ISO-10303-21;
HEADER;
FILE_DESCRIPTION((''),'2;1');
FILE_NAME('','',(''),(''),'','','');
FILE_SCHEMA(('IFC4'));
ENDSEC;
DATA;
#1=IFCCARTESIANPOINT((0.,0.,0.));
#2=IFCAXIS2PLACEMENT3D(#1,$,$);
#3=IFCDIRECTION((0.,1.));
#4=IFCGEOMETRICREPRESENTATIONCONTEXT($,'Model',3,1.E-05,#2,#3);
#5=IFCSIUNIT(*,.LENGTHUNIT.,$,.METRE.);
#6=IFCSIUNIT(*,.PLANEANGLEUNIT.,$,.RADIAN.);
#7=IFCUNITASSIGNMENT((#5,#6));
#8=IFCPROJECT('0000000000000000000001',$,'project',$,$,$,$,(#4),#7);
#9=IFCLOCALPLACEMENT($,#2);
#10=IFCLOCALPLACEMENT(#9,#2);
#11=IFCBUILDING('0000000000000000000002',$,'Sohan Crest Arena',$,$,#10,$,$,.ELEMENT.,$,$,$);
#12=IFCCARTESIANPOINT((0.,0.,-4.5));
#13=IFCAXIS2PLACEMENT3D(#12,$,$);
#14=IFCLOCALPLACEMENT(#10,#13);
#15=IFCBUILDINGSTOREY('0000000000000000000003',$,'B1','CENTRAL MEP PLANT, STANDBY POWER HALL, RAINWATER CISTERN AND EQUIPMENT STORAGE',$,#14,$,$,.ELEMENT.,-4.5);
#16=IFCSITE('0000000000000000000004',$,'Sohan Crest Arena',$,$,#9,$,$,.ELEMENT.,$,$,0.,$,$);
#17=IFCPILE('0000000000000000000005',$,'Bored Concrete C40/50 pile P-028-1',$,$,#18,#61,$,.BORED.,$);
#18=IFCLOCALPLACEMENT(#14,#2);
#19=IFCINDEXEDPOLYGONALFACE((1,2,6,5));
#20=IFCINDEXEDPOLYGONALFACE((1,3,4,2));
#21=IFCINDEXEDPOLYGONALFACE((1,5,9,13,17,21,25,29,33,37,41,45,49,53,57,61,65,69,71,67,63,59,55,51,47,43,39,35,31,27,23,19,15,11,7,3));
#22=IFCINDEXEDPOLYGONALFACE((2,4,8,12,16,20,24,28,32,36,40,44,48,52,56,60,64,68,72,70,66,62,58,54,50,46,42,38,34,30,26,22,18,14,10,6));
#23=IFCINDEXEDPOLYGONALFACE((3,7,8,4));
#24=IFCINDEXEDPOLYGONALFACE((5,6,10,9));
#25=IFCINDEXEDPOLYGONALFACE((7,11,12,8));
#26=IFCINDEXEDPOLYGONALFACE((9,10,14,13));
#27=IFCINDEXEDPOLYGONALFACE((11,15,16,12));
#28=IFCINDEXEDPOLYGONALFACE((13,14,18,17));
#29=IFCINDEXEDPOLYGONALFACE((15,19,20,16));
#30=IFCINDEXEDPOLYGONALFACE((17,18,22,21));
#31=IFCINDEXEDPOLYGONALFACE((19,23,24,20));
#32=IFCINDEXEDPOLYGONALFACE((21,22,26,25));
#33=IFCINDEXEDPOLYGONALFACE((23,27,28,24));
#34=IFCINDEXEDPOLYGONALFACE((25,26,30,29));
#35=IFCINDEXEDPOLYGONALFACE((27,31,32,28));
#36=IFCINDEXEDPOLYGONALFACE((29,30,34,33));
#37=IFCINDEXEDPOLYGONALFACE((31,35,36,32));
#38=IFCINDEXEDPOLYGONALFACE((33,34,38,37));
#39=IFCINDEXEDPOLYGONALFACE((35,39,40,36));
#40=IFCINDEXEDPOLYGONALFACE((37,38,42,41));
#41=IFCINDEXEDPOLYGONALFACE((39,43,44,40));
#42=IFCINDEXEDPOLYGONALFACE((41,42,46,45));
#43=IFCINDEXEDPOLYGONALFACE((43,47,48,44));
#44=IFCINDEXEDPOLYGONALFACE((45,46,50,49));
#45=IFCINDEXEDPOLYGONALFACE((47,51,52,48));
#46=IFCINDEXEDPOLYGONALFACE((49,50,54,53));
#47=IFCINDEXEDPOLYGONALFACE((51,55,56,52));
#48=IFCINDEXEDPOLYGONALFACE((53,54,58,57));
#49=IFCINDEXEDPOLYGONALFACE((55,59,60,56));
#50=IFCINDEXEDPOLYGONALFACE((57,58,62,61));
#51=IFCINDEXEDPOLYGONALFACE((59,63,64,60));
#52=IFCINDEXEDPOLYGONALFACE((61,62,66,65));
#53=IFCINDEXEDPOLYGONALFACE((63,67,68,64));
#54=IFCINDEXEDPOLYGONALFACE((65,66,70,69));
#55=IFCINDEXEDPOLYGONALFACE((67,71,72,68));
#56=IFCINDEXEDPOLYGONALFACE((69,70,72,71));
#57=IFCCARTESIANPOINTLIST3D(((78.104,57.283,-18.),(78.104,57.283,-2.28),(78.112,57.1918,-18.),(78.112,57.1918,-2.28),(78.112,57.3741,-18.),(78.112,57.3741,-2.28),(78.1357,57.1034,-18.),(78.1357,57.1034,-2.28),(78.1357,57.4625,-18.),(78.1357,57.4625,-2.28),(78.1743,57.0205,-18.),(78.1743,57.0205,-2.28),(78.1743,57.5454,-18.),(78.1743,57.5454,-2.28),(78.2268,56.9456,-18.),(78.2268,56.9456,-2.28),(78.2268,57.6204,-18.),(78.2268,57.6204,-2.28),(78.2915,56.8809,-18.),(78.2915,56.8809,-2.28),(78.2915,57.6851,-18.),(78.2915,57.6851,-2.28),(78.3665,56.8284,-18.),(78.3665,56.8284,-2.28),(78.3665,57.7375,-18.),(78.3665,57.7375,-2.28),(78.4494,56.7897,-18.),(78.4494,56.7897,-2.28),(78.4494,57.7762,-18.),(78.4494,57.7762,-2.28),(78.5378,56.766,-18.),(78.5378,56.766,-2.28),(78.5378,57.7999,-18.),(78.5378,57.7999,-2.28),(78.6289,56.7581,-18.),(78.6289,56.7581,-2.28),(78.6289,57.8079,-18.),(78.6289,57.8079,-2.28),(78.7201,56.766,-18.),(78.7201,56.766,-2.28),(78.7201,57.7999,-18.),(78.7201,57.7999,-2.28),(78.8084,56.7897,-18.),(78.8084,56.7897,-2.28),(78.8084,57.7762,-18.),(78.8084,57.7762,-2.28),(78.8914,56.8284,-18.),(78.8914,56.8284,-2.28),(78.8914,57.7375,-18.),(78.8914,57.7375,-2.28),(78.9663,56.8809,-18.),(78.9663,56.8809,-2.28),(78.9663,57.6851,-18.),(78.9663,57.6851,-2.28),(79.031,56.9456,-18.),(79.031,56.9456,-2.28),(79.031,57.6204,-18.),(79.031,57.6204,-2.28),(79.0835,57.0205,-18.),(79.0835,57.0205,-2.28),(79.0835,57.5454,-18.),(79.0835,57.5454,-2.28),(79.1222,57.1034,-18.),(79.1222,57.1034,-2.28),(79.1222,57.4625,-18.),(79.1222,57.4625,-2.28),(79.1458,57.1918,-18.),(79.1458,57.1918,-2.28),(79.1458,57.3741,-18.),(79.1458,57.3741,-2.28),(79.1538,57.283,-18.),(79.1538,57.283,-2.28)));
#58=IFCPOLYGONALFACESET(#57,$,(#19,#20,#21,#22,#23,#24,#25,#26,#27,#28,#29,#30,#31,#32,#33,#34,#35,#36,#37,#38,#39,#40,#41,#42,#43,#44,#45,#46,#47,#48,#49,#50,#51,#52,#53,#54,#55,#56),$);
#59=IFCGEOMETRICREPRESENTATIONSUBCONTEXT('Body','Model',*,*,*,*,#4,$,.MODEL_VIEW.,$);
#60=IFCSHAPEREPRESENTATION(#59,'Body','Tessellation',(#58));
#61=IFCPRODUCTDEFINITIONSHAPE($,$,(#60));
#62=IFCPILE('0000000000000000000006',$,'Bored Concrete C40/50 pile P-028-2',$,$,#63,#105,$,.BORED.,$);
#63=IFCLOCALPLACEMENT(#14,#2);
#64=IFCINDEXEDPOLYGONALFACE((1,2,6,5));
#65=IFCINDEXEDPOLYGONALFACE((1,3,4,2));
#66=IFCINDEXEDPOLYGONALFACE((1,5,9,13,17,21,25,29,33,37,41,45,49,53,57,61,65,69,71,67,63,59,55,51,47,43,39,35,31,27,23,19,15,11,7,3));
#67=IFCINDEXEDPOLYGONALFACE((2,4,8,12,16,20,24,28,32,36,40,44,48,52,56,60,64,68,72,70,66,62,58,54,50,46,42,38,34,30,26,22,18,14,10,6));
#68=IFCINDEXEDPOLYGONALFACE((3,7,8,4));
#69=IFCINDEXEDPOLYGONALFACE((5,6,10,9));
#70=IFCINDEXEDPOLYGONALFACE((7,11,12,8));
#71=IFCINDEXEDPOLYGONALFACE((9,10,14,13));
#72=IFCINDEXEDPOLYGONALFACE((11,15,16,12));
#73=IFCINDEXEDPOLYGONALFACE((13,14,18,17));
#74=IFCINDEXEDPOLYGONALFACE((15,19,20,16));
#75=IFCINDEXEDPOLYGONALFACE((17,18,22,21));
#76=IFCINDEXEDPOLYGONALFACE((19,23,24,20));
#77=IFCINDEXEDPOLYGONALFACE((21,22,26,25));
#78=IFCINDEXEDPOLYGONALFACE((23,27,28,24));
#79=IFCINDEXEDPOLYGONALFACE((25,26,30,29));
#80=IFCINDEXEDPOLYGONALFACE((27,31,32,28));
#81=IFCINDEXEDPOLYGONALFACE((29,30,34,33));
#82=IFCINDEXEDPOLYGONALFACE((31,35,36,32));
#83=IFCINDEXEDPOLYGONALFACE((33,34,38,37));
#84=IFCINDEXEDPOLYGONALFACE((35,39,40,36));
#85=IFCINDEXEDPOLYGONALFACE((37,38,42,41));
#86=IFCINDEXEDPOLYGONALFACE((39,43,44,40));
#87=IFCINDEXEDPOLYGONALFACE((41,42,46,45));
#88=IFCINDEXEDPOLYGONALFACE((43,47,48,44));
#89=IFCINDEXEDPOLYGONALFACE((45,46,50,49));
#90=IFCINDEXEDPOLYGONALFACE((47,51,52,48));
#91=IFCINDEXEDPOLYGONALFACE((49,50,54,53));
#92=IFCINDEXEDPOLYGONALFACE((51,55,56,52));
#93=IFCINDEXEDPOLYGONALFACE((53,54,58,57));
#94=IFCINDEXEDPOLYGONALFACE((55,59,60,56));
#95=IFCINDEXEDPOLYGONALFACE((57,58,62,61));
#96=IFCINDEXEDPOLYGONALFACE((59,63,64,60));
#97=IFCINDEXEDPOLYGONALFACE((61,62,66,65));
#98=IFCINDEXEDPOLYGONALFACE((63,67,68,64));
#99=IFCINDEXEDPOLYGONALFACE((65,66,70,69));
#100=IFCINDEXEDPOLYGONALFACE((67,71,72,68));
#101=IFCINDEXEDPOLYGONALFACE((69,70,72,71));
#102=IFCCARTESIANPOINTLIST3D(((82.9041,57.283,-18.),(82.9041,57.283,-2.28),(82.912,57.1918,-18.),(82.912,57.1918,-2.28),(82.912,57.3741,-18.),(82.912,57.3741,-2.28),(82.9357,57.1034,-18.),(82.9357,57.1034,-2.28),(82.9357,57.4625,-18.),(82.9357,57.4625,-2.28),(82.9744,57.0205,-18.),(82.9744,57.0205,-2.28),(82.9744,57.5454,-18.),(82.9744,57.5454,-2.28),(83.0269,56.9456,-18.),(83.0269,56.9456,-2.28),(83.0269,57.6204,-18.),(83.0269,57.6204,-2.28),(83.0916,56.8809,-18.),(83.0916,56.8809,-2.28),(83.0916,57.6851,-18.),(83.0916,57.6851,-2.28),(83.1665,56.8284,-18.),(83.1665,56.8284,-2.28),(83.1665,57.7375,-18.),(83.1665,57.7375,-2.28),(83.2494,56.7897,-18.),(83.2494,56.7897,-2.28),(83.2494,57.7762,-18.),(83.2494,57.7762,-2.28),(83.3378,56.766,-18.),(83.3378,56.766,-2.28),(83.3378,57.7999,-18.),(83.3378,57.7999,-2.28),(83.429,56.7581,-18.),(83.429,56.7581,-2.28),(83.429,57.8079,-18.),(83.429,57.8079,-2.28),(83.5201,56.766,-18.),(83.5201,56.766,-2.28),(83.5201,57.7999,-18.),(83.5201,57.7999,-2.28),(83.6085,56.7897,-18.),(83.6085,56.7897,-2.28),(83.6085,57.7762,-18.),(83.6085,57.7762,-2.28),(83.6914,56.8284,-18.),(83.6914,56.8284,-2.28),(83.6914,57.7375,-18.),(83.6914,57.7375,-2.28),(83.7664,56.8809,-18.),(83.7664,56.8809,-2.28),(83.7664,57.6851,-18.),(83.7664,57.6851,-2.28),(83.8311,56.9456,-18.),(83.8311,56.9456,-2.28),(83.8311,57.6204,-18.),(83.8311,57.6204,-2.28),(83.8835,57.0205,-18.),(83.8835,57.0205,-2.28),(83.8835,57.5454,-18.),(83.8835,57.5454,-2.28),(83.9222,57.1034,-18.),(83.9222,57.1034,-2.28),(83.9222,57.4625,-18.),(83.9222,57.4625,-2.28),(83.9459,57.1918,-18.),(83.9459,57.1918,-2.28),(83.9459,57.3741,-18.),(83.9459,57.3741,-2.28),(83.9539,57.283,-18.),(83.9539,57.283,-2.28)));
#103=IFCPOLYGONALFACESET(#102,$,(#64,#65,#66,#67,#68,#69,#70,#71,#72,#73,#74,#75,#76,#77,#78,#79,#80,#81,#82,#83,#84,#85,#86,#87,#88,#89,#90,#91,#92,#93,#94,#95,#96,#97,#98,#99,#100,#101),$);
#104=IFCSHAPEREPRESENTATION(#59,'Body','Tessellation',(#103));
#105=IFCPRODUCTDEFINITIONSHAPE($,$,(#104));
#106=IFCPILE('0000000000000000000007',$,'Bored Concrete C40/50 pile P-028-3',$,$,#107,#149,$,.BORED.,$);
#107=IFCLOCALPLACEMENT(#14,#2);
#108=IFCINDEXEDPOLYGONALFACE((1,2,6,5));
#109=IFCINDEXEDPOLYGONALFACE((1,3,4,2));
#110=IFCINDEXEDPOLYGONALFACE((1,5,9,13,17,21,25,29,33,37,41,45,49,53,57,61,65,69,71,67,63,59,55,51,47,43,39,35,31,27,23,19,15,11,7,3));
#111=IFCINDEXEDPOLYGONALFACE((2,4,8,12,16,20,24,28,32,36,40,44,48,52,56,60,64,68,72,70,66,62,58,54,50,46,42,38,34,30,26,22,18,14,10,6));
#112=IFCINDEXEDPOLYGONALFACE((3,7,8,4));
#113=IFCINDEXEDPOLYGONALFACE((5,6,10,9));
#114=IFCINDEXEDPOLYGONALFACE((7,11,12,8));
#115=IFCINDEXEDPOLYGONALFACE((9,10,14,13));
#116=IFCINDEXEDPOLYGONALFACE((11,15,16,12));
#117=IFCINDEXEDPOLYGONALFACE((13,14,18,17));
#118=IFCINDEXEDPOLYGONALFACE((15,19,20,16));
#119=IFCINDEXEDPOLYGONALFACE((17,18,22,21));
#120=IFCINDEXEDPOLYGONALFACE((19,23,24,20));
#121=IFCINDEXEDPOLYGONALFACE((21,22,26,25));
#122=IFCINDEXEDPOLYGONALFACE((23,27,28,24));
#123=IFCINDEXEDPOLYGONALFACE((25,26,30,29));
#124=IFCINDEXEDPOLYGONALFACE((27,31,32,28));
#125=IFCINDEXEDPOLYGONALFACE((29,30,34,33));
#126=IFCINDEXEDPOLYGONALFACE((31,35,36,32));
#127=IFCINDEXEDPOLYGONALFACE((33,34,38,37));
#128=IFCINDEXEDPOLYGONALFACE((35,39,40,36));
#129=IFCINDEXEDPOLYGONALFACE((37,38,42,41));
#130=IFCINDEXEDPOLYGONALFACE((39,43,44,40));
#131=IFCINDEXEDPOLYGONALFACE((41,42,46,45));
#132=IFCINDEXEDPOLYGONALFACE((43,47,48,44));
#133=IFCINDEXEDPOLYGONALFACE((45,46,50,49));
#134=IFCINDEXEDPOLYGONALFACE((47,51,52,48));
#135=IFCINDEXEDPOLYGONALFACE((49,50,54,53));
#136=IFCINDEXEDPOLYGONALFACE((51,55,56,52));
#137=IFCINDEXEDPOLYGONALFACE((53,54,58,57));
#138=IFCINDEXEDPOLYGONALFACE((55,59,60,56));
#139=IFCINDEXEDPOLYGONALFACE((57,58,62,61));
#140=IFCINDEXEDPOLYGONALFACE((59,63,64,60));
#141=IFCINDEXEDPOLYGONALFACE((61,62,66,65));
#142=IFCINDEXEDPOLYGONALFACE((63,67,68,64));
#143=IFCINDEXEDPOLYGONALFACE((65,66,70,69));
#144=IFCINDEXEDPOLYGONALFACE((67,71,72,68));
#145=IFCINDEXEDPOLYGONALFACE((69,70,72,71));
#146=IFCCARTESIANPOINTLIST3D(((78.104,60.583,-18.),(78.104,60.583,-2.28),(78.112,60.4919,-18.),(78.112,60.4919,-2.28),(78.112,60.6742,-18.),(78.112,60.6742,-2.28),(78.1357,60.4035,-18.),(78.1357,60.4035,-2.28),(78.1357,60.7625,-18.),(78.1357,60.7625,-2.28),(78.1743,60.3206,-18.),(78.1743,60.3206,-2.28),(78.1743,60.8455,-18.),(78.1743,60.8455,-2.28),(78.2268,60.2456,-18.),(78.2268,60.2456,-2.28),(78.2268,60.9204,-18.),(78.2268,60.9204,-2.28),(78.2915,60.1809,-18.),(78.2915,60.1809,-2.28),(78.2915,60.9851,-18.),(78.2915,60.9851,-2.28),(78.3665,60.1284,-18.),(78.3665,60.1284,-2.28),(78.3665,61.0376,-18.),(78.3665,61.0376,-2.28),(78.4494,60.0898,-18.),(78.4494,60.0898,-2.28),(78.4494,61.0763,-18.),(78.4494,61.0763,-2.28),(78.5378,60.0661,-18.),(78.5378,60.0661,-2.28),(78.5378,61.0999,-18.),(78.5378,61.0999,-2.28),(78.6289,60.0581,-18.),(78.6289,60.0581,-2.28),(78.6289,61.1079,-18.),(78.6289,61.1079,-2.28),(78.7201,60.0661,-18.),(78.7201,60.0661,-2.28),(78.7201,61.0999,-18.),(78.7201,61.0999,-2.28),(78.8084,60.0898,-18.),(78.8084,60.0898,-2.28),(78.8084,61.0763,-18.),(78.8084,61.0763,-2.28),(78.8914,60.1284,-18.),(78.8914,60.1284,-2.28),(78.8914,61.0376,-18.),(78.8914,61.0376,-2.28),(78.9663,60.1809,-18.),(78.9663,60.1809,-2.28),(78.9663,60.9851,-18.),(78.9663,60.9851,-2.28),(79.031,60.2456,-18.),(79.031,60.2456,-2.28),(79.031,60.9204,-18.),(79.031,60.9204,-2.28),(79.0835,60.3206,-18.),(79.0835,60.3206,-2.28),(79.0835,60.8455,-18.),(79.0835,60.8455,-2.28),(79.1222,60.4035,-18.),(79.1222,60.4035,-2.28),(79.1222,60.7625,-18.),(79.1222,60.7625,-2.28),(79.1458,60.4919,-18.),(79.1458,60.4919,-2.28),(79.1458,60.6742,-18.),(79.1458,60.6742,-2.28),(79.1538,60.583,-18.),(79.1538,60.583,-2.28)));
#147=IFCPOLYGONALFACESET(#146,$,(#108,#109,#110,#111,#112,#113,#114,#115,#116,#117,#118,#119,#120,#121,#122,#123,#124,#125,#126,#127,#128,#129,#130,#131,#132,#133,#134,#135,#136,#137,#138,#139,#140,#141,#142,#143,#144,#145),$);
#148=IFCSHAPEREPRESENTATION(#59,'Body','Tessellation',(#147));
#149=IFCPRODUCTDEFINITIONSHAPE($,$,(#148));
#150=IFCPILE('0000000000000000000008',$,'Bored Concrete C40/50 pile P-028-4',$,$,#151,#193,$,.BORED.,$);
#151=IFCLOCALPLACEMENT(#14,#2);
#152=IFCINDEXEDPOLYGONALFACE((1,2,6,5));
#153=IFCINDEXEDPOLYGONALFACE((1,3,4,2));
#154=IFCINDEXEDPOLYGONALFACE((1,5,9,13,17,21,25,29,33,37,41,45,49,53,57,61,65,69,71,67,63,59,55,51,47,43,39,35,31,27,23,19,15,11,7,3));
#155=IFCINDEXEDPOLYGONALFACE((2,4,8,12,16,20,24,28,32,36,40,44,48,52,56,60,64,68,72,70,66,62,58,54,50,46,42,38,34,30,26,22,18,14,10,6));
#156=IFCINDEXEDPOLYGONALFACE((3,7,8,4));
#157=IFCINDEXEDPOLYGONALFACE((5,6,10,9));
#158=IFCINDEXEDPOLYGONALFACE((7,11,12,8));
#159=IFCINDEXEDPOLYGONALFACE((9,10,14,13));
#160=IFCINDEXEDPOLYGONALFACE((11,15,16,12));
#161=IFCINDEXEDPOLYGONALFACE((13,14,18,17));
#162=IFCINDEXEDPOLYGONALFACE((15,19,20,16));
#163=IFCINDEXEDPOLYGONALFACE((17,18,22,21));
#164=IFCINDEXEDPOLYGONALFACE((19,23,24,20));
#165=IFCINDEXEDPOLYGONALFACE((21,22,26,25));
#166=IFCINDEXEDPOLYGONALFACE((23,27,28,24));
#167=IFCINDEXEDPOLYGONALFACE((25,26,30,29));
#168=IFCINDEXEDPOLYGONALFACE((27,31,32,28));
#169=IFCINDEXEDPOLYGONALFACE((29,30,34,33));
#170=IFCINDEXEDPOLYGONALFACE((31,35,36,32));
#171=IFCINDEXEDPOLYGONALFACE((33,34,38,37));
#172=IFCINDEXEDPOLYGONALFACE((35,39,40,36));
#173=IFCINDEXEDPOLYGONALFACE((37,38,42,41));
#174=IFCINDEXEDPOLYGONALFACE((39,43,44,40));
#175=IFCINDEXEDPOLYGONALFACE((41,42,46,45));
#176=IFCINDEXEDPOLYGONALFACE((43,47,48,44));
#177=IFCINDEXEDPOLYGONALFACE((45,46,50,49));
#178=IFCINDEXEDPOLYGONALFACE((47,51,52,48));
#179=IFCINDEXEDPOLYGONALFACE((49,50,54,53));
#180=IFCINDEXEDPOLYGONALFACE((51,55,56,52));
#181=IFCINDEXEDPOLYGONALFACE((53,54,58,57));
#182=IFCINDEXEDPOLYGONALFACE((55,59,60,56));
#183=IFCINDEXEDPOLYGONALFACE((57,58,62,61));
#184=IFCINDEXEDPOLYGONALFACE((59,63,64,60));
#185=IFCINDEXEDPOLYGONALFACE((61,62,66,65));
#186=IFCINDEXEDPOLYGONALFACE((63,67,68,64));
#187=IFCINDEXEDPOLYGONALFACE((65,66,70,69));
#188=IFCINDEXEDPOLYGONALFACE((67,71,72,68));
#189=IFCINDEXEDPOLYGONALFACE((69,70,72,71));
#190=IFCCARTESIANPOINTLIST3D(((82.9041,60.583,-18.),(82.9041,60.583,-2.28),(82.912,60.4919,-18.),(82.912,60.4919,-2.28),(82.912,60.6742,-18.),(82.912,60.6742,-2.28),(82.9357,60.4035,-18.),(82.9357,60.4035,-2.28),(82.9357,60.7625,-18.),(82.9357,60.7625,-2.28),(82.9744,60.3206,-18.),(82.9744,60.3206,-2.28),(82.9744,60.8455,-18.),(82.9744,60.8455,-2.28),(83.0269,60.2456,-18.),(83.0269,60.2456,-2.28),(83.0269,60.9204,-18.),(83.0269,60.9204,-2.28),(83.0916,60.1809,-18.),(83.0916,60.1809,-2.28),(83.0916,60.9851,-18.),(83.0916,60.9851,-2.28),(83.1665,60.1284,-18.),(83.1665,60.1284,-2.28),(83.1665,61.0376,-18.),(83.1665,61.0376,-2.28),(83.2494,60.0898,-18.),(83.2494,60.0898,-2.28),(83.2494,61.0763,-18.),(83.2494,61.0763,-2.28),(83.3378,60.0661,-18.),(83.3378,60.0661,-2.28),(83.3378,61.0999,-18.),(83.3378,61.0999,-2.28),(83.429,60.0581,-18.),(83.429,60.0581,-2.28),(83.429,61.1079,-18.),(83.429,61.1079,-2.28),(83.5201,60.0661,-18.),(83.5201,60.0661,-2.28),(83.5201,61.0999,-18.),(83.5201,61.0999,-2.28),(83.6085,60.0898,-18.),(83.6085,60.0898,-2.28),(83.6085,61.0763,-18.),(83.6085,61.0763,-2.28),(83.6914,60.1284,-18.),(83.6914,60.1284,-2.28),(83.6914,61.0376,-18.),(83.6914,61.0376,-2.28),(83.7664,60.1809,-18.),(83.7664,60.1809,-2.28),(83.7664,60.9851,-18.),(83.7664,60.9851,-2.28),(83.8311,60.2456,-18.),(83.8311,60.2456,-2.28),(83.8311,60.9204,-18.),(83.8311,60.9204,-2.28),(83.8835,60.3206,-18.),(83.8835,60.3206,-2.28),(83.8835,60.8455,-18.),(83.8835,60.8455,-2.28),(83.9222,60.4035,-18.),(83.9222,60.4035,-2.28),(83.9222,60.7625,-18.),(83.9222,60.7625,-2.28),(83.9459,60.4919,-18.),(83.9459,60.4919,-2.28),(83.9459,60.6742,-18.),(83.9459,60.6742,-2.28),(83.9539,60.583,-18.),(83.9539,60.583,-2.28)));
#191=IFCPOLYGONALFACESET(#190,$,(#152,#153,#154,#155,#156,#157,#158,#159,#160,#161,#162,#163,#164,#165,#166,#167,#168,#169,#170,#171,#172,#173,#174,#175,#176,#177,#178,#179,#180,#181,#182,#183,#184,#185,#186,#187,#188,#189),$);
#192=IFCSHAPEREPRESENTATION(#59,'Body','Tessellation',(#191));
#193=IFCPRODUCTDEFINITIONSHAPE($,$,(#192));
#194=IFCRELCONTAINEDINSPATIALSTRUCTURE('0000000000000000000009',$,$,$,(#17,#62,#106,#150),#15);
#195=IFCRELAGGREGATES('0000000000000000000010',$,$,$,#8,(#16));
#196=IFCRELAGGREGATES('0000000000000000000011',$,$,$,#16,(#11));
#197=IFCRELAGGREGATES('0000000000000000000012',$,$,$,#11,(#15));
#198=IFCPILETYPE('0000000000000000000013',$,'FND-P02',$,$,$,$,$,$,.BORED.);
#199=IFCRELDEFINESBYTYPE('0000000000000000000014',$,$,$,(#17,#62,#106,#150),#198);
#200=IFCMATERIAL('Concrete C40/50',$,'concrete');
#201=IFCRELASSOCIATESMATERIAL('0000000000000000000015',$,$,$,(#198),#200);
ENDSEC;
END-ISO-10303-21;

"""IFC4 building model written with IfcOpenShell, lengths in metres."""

from ifc_helpers import new_model, si_unit, direction, frame, origin, origin_2d, place, context, subcontext, project, spatial, circle, extrude, material, material_profile, profile_set, type_object, element, save


model = new_model("IFC4")

# Units and contexts
model_context = context("Model", 3, precision=1e-05, world=origin(), true_north=direction((0.0, 1.0)))
body_context = subcontext(model_context, "Body", "Model", "MODEL_VIEW")
ifc_project = project(units=[si_unit("LENGTHUNIT", "METRE"), si_unit("PLANEANGLEUNIT", "RADIAN")], contexts=[model_context])

# Site, building, storey
site_placement = place(None, origin())
site = spatial("IfcSite", under=ifc_project, at=site_placement, Name="Sohan Crest Arena", CompositionType="ELEMENT", RefElevation=0.0)
building_placement = place(site_placement, origin())
building = spatial("IfcBuilding", under=site, at=building_placement, Name="Sohan Crest Arena", CompositionType="ELEMENT")
storey_placement = place(building_placement, frame((0.0, 0.0, -4.5)))
storey = spatial("IfcBuildingStorey", under=building, at=storey_placement, Name="B1", Description="CENTRAL MEP PLANT, STANDBY POWER HALL, RAINWATER CISTERN AND EQUIPMENT STORAGE", CompositionType="ELEMENT", Elevation=-4.5)

# Piles
ifc_material_1 = material(Name="Concrete C40/50", Category="concrete")
ifc_material_profile_1 = material_profile(ifc_material_1, circle(Radius=0.5249, at=origin_2d()), Name="PILE D1050")
ifc_profile_set_1 = profile_set([ifc_material_profile_1], Name="Concrete C40/50")
pile_type_1 = type_object("IfcPileType", Name="FND-P02", PredefinedType="BORED", material=ifc_profile_set_1)
for number, where, z_axis, x_axis, name in (
    (1, (78.6289, 57.283, -18.0), (0.0, 0.0, 1.0), (1.0, 0.0, 0.0), "Bored Concrete C40/50 pile P-028-1"),
    (2, (83.429, 57.283, -18.0), (0.0, 0.0, 1.0), (1.0, 0.0, 0.0), "Bored Concrete C40/50 pile P-028-2"),
    (3, (78.6289, 60.583, -18.0), (0.0, 0.0, 1.0), (1.0, 0.0, 0.0), "Bored Concrete C40/50 pile P-028-3"),
    (4, (83.429, 60.583, -18.0), (0.0, 0.0, 1.0), (1.0, 0.0, 0.0), "Bored Concrete C40/50 pile P-028-4"),
):
    element("IfcPile", number, at=place(storey_placement, frame(where, z_axis=z_axis, x_axis=x_axis)), inside=storey, type_object=pile_type_1, Name=name, PredefinedType="BORED", context=body_context, shape_type="SweptSolid", body=[
        extrude(circle(Radius=0.5249, at=origin_2d()), origin(), (0.0, 0.0, 1.0), 15.72),
    ])

save(model, "model.ifc")
